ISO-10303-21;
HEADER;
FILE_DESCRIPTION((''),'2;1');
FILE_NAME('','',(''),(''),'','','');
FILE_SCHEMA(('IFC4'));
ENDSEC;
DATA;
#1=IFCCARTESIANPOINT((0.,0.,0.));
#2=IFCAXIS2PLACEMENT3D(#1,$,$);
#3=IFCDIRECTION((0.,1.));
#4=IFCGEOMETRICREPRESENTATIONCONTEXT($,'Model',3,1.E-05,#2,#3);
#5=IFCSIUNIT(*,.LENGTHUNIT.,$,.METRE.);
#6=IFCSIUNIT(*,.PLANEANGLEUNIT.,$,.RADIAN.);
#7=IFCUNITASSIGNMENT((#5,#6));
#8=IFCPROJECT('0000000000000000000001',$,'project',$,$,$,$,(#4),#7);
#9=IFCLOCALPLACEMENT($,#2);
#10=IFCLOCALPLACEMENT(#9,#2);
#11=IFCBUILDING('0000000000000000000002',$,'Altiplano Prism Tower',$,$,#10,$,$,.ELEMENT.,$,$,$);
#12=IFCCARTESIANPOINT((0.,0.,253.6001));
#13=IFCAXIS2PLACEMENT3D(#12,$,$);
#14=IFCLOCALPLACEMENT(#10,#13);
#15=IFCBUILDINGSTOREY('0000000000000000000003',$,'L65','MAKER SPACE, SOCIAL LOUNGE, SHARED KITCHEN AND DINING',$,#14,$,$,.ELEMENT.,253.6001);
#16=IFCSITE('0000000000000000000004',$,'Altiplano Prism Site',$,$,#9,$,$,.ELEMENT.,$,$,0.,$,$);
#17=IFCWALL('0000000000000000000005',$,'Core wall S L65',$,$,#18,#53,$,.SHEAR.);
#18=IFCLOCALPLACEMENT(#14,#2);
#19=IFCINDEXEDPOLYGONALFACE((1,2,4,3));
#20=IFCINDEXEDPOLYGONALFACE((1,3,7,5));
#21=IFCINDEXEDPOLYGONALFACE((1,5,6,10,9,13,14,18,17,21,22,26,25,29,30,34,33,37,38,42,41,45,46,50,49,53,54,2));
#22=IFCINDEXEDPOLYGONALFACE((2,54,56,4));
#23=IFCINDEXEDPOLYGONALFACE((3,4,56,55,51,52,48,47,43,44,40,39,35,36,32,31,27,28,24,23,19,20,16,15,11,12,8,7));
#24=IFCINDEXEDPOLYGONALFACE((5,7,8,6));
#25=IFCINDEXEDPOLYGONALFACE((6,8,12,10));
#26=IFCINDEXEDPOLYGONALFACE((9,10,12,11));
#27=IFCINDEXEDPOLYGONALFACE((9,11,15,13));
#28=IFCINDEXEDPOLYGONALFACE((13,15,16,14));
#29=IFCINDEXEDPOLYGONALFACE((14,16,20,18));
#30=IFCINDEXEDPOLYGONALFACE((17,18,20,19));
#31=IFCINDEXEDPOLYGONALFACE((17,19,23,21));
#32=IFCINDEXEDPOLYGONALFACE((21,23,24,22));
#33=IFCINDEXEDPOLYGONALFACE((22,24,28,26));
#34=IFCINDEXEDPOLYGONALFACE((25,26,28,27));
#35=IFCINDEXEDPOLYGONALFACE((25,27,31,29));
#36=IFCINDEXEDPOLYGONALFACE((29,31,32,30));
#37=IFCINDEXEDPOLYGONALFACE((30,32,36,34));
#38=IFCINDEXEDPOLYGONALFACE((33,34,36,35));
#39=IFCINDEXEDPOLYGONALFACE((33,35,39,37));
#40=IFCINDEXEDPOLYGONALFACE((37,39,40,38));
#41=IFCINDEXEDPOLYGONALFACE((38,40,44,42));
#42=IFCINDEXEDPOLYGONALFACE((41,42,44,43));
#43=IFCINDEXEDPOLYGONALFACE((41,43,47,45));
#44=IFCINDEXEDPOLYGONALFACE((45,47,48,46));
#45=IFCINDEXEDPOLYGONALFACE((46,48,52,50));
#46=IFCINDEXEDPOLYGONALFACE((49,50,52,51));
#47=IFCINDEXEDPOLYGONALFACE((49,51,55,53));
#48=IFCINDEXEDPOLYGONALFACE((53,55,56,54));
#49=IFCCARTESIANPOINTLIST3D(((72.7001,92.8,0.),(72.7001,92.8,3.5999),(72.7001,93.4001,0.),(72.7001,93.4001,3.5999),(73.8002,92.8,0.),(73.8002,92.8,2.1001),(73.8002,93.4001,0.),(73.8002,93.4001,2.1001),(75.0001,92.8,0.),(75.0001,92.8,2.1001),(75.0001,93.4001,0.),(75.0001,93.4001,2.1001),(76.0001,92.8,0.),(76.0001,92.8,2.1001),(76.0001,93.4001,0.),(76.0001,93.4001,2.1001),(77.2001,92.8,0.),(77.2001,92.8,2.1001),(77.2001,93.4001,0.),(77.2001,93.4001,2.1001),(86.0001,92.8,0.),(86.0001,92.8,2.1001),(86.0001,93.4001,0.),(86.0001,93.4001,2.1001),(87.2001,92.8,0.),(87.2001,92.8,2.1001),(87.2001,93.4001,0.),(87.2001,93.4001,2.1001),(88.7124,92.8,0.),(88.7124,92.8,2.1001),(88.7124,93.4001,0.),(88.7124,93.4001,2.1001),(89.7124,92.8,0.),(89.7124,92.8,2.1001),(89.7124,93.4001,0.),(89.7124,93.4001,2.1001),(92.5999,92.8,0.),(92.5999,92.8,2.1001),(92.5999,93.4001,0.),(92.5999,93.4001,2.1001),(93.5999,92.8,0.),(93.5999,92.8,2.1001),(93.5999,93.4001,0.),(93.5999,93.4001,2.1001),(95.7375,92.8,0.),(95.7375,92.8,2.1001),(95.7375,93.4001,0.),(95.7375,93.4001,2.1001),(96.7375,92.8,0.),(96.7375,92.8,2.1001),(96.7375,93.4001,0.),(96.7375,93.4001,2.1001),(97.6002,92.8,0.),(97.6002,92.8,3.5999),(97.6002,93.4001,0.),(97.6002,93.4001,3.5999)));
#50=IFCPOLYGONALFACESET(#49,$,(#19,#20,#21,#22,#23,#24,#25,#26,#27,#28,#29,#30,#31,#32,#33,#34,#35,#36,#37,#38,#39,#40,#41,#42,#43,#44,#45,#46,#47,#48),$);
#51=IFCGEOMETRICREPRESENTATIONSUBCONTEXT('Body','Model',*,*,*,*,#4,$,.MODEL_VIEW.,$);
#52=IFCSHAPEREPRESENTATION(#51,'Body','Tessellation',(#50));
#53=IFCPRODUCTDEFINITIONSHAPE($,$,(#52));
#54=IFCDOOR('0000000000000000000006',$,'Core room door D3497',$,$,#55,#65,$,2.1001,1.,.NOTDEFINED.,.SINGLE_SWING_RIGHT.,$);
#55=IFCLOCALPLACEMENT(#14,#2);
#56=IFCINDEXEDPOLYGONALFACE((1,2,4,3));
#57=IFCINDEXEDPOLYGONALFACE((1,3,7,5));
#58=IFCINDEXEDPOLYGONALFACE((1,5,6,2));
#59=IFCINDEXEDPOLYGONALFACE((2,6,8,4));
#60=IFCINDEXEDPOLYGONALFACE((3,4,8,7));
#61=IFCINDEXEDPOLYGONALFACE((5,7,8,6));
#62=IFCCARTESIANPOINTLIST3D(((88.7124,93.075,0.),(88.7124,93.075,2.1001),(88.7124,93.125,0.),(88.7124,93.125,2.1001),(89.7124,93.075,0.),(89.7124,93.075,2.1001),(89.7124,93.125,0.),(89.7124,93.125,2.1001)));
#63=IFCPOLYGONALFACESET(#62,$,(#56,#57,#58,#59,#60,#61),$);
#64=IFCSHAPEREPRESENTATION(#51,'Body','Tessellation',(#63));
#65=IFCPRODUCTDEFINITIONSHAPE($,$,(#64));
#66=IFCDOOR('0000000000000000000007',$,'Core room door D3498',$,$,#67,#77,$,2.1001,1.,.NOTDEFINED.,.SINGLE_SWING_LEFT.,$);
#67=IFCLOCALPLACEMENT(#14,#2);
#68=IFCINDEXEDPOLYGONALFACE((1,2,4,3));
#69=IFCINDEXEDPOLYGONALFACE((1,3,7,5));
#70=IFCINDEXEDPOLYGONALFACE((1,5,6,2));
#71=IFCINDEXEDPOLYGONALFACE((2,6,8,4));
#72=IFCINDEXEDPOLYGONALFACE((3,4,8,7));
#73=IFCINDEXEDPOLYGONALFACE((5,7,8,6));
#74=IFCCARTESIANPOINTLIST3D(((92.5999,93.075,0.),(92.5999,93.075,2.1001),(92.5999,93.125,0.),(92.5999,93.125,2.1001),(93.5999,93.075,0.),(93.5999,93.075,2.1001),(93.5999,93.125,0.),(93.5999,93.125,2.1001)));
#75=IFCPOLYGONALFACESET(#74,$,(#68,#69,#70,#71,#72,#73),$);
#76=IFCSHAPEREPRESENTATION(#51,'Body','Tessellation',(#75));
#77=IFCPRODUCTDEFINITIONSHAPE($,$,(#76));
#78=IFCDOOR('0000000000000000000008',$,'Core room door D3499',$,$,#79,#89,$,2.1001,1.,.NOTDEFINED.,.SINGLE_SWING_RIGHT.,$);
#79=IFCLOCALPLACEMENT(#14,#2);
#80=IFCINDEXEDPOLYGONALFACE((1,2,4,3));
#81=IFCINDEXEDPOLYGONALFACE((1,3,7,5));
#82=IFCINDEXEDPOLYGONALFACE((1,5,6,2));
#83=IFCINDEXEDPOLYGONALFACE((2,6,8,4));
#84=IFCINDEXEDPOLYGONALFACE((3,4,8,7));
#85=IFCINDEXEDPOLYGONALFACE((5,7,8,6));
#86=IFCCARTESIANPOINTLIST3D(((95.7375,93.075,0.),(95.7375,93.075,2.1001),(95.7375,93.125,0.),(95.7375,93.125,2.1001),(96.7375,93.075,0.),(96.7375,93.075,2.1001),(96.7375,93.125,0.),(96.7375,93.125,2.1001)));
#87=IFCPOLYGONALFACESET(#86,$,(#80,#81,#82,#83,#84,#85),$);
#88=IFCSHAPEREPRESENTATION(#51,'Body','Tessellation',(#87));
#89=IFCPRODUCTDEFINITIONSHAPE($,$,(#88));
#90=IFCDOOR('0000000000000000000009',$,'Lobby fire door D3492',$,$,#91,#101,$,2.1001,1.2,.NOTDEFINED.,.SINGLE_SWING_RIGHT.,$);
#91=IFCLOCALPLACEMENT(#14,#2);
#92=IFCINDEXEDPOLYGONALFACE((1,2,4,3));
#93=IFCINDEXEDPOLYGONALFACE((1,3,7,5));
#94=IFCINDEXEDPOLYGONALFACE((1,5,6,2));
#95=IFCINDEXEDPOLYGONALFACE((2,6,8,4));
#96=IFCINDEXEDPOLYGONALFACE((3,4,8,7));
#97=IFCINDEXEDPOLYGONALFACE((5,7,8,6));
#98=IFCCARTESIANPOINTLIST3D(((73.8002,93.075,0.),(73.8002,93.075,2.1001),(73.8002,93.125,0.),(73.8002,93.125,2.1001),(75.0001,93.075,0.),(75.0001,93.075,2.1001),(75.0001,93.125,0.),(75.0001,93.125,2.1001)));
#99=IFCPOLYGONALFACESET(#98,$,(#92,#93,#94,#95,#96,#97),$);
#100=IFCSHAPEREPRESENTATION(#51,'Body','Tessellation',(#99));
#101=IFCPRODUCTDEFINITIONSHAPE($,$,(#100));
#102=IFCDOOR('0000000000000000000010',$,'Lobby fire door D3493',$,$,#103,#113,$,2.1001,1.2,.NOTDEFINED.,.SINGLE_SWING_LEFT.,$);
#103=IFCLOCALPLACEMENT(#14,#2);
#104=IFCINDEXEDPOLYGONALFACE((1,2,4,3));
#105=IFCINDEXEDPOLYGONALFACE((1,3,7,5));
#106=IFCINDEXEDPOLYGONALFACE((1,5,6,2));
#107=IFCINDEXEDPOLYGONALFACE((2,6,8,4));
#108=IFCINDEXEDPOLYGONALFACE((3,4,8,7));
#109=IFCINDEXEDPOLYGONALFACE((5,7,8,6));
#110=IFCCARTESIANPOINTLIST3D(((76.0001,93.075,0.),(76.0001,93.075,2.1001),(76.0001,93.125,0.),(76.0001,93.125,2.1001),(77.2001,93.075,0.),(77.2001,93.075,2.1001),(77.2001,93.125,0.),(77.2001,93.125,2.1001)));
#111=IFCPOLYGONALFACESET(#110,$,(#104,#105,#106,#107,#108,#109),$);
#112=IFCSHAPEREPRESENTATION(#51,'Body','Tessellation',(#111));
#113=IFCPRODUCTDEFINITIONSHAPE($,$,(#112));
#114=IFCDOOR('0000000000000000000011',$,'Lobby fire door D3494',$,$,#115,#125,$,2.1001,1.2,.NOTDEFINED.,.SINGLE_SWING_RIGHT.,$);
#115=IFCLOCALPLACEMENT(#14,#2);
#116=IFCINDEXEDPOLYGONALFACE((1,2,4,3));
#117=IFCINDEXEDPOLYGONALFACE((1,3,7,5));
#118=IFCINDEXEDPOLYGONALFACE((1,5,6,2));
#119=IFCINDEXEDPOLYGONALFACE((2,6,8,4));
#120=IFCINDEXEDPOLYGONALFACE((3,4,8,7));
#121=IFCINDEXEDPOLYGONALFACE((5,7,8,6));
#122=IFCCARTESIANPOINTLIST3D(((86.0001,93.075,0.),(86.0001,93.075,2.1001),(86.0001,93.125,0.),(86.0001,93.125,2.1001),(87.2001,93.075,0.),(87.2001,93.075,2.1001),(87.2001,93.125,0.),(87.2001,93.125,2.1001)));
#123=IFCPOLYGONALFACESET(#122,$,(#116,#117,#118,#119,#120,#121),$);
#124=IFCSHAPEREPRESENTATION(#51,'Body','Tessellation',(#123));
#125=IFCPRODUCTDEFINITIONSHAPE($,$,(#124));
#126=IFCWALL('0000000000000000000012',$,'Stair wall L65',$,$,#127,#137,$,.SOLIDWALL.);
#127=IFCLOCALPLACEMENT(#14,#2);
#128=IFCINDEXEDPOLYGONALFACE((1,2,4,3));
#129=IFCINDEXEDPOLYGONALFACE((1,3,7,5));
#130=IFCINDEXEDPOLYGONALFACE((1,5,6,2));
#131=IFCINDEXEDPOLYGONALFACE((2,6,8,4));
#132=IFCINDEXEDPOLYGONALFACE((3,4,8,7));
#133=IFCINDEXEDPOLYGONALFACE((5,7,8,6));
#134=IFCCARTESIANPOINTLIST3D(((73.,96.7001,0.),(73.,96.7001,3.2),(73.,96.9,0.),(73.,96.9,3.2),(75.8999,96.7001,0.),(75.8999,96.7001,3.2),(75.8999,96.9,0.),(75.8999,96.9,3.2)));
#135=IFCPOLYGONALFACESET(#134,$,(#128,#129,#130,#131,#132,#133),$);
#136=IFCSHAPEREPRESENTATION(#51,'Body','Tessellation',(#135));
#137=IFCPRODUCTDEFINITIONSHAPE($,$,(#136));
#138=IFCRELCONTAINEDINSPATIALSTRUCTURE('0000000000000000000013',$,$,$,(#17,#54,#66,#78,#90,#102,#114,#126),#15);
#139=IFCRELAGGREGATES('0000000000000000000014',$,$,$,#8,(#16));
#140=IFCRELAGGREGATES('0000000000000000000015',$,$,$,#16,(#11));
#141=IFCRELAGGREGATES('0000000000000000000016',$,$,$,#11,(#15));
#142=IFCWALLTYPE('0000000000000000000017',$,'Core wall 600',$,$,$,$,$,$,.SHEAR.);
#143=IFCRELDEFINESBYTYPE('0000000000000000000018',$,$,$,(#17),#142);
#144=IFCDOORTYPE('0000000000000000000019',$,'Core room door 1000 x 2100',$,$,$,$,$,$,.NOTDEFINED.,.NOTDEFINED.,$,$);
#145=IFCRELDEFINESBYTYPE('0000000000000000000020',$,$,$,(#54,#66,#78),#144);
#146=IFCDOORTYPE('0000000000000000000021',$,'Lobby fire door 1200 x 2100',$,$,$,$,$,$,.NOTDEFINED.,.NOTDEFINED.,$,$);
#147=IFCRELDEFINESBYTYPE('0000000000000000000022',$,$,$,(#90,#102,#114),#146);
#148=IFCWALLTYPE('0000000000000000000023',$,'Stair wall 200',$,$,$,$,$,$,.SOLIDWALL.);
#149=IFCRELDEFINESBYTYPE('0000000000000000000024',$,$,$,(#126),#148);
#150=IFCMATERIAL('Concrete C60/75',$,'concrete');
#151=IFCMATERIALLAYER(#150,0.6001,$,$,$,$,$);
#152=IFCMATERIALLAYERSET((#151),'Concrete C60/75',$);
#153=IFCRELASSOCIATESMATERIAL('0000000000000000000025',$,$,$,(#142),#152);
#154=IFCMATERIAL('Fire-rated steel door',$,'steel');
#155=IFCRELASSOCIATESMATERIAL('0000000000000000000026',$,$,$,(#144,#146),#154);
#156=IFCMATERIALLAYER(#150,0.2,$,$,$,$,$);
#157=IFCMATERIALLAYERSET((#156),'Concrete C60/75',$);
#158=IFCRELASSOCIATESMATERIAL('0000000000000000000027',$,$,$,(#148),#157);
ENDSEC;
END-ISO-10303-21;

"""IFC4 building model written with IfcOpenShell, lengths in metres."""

from ifc_helpers import new_model, si_unit, direction, frame, frame_2d, origin, place, context, subcontext, project, spatial, rectangle, extrude, material, layer, layer_set, type_object, element, fill, save


model = new_model("IFC4")

# Units and contexts
model_context = context("Model", 3, precision=1e-05, world=origin(), true_north=direction((0.0, 1.0)))
body_context = subcontext(model_context, "Body", "Model", "MODEL_VIEW")
ifc_project = project(units=[si_unit("LENGTHUNIT", "METRE"), si_unit("PLANEANGLEUNIT", "RADIAN")], contexts=[model_context])

# Site, building, storey
site_placement = place(None, origin())
site = spatial("IfcSite", under=ifc_project, at=site_placement, Name="Altiplano Prism Site", CompositionType="ELEMENT", RefElevation=0.0)
building_placement = place(site_placement, origin())
building = spatial("IfcBuilding", under=site, at=building_placement, Name="Altiplano Prism Tower", CompositionType="ELEMENT")
storey_placement = place(building_placement, frame((0.0, 0.0, 253.6001)))
storey = spatial("IfcBuildingStorey", under=building, at=storey_placement, Name="L65", Description="MAKER SPACE, SOCIAL LOUNGE, SHARED KITCHEN AND DINING", CompositionType="ELEMENT", Elevation=253.6001)

# Wall, openings, doors
ifc_material_1 = material(Name="Concrete C60/75", Category="concrete")
ifc_layer_1 = layer(ifc_material_1, 0.6001)
ifc_layer_set_1 = layer_set([ifc_layer_1], Name="Concrete C60/75")
wall_type_1 = type_object("IfcWallType", Name="Core wall 600", PredefinedType="SHEAR", material=ifc_layer_set_1)
wall_1_placement = place(storey_placement, frame((72.7, 93.1001, 0.0), z_axis=(0.0, 0.0, 1.0), x_axis=(1.0, 0.0, 0.0)))
wall_1 = element("IfcWall", 1, at=wall_1_placement, inside=storey, type_object=wall_type_1, Name="Core wall S L65", PredefinedType="SHEAR", context=body_context, shape_type="SweptSolid", body=[
    extrude(rectangle(XDim=24.9001, YDim=0.6001, at=frame_2d((12.4502, 0.0))), origin(), (0.0, 0.0, 1.0), 3.5999),
])
opening_1_placement = place(wall_1_placement, frame((1.1001, 0.0, 0.0)))
opening_1 = element("IfcOpeningElement", 2, at=opening_1_placement, cuts=wall_1, PredefinedType="OPENING", context=body_context, shape_type="SweptSolid", body=[
    extrude(rectangle(XDim=1.2, YDim=2.1001, at=frame_2d((0.6001, 1.05))), frame((0.0, 0.3105, 0.0), z_axis=(0.0, -1.0, 0.0), x_axis=(1.0, 0.0, 0.0)), (0.0, 0.0, 1.0), 0.6211),
])
opening_2_placement = place(wall_1_placement, frame((3.3, 0.0, 0.0)))
opening_2 = element("IfcOpeningElement", 3, at=opening_2_placement, cuts=wall_1, PredefinedType="OPENING", context=body_context, shape_type="SweptSolid", body=[
    extrude(rectangle(XDim=1.2, YDim=2.1001, at=frame_2d((0.6001, 1.05))), frame((0.0, 0.3105, 0.0), z_axis=(0.0, -1.0, 0.0), x_axis=(1.0, 0.0, 0.0)), (0.0, 0.0, 1.0), 0.6211),
])
opening_3_placement = place(wall_1_placement, frame((13.3, 0.0, 0.0)))
opening_3 = element("IfcOpeningElement", 4, at=opening_3_placement, cuts=wall_1, PredefinedType="OPENING", context=body_context, shape_type="SweptSolid", body=[
    extrude(rectangle(XDim=1.2, YDim=2.1001, at=frame_2d((0.6001, 1.05))), frame((0.0, 0.3105, 0.0), z_axis=(0.0, -1.0, 0.0), x_axis=(1.0, 0.0, 0.0)), (0.0, 0.0, 1.0), 0.6211),
])
opening_4_placement = place(wall_1_placement, frame((16.0125, 0.0, 0.0)))
opening_4 = element("IfcOpeningElement", 5, at=opening_4_placement, cuts=wall_1, PredefinedType="OPENING", context=body_context, shape_type="SweptSolid", body=[
    extrude(rectangle(XDim=1.0, YDim=2.1001, at=frame_2d((0.5, 1.05))), frame((0.0, 0.3105, 0.0), z_axis=(0.0, -1.0, 0.0), x_axis=(1.0, 0.0, 0.0)), (0.0, 0.0, 1.0), 0.6211),
])
opening_5_placement = place(wall_1_placement, frame((19.8999, 0.0, 0.0)))
opening_5 = element("IfcOpeningElement", 6, at=opening_5_placement, cuts=wall_1, PredefinedType="OPENING", context=body_context, shape_type="SweptSolid", body=[
    extrude(rectangle(XDim=1.0, YDim=2.1001, at=frame_2d((0.5, 1.05))), frame((0.0, 0.3105, 0.0), z_axis=(0.0, -1.0, 0.0), x_axis=(1.0, 0.0, 0.0)), (0.0, 0.0, 1.0), 0.6211),
])
opening_6_placement = place(wall_1_placement, frame((23.0376, 0.0, 0.0)))
opening_6 = element("IfcOpeningElement", 7, at=opening_6_placement, cuts=wall_1, PredefinedType="OPENING", context=body_context, shape_type="SweptSolid", body=[
    extrude(rectangle(XDim=1.0, YDim=2.1001, at=frame_2d((0.5, 1.05))), frame((0.0, 0.3105, 0.0), z_axis=(0.0, -1.0, 0.0), x_axis=(1.0, 0.0, 0.0)), (0.0, 0.0, 1.0), 0.6211),
])
ifc_material_2 = material(Name="Fire-rated steel door", Category="steel")
door_type_1 = type_object("IfcDoorType", Name="Core room door 1000 x 2100", OperationType="NOTDEFINED", PredefinedType="NOTDEFINED", material=ifc_material_2)
door_1_placement = place(opening_4_placement, origin())
door_1 = element("IfcDoor", 8, at=door_1_placement, inside=storey, type_object=door_type_1, Name="Core room door D3497", OperationType="SINGLE_SWING_RIGHT", OverallHeight=2.1001, OverallWidth=1.0, PredefinedType="NOTDEFINED", context=body_context, shape_type="SweptSolid", body=[
    extrude(rectangle(XDim=1.0, YDim=2.1001, at=frame_2d((0.5, 1.05))), frame((0.0, 0.0249, 0.0), z_axis=(0.0, -1.0, 0.0), x_axis=(1.0, 0.0, 0.0)), (0.0, 0.0, 1.0), 0.05),
])
fill(opening_4, door_1)
door_2_placement = place(opening_5_placement, origin())
door_2 = element("IfcDoor", 9, at=door_2_placement, inside=storey, type_object=door_type_1, Name="Core room door D3498", OperationType="SINGLE_SWING_LEFT", OverallHeight=2.1001, OverallWidth=1.0, PredefinedType="NOTDEFINED", context=body_context, shape_type="SweptSolid", body=[
    extrude(rectangle(XDim=1.0, YDim=2.1001, at=frame_2d((0.5, 1.05))), frame((0.0, 0.0249, 0.0), z_axis=(0.0, -1.0, 0.0), x_axis=(1.0, 0.0, 0.0)), (0.0, 0.0, 1.0), 0.05),
])
fill(opening_5, door_2)
door_3_placement = place(opening_6_placement, origin())
door_3 = element("IfcDoor", 10, at=door_3_placement, inside=storey, type_object=door_type_1, Name="Core room door D3499", OperationType="SINGLE_SWING_RIGHT", OverallHeight=2.1001, OverallWidth=1.0, PredefinedType="NOTDEFINED", context=body_context, shape_type="SweptSolid", body=[
    extrude(rectangle(XDim=1.0, YDim=2.1001, at=frame_2d((0.5, 1.05))), frame((0.0, 0.0249, 0.0), z_axis=(0.0, -1.0, 0.0), x_axis=(1.0, 0.0, 0.0)), (0.0, 0.0, 1.0), 0.05),
])
fill(opening_6, door_3)
door_type_2 = type_object("IfcDoorType", Name="Lobby fire door 1200 x 2100", OperationType="NOTDEFINED", PredefinedType="NOTDEFINED", material=ifc_material_2)
door_4_placement = place(opening_1_placement, origin())
door_4 = element("IfcDoor", 11, at=door_4_placement, inside=storey, type_object=door_type_2, Name="Lobby fire door D3492", OperationType="SINGLE_SWING_RIGHT", OverallHeight=2.1001, OverallWidth=1.2, PredefinedType="NOTDEFINED", context=body_context, shape_type="SweptSolid", body=[
    extrude(rectangle(XDim=1.2, YDim=2.1001, at=frame_2d((0.6001, 1.05))), frame((0.0, 0.0249, 0.0), z_axis=(0.0, -1.0, 0.0), x_axis=(1.0, 0.0, 0.0)), (0.0, 0.0, 1.0), 0.05),
])
fill(opening_1, door_4)
door_5_placement = place(opening_2_placement, origin())
door_5 = element("IfcDoor", 12, at=door_5_placement, inside=storey, type_object=door_type_2, Name="Lobby fire door D3493", OperationType="SINGLE_SWING_LEFT", OverallHeight=2.1001, OverallWidth=1.2, PredefinedType="NOTDEFINED", context=body_context, shape_type="SweptSolid", body=[
    extrude(rectangle(XDim=1.2, YDim=2.1001, at=frame_2d((0.6001, 1.05))), frame((0.0, 0.0249, 0.0), z_axis=(0.0, -1.0, 0.0), x_axis=(1.0, 0.0, 0.0)), (0.0, 0.0, 1.0), 0.05),
])
fill(opening_2, door_5)
door_6_placement = place(opening_3_placement, origin())
door_6 = element("IfcDoor", 13, at=door_6_placement, inside=storey, type_object=door_type_2, Name="Lobby fire door D3494", OperationType="SINGLE_SWING_RIGHT", OverallHeight=2.1001, OverallWidth=1.2, PredefinedType="NOTDEFINED", context=body_context, shape_type="SweptSolid", body=[
    extrude(rectangle(XDim=1.2, YDim=2.1001, at=frame_2d((0.6001, 1.05))), frame((0.0, 0.0249, 0.0), z_axis=(0.0, -1.0, 0.0), x_axis=(1.0, 0.0, 0.0)), (0.0, 0.0, 1.0), 0.05),
])
fill(opening_3, door_6)

# Wall
ifc_layer_2 = layer(ifc_material_1, 0.2)
ifc_layer_set_2 = layer_set([ifc_layer_2], Name="Concrete C60/75")
wall_type_2 = type_object("IfcWallType", Name="Stair wall 200", PredefinedType="SOLIDWALL", material=ifc_layer_set_2)
wall_2_placement = place(storey_placement, frame((73.0, 96.8, 0.0), z_axis=(0.0, 0.0, 1.0), x_axis=(1.0, 0.0, 0.0)))
element("IfcWall", 14, at=wall_2_placement, inside=storey, type_object=wall_type_2, Name="Stair wall L65", PredefinedType="SOLIDWALL", context=body_context, shape_type="SweptSolid", body=[
    extrude(rectangle(XDim=2.8999, YDim=0.2, at=frame_2d((1.45, 0.0))), origin(), (0.0, 0.0, 1.0), 3.2),
])

save(model, "model.ifc")
